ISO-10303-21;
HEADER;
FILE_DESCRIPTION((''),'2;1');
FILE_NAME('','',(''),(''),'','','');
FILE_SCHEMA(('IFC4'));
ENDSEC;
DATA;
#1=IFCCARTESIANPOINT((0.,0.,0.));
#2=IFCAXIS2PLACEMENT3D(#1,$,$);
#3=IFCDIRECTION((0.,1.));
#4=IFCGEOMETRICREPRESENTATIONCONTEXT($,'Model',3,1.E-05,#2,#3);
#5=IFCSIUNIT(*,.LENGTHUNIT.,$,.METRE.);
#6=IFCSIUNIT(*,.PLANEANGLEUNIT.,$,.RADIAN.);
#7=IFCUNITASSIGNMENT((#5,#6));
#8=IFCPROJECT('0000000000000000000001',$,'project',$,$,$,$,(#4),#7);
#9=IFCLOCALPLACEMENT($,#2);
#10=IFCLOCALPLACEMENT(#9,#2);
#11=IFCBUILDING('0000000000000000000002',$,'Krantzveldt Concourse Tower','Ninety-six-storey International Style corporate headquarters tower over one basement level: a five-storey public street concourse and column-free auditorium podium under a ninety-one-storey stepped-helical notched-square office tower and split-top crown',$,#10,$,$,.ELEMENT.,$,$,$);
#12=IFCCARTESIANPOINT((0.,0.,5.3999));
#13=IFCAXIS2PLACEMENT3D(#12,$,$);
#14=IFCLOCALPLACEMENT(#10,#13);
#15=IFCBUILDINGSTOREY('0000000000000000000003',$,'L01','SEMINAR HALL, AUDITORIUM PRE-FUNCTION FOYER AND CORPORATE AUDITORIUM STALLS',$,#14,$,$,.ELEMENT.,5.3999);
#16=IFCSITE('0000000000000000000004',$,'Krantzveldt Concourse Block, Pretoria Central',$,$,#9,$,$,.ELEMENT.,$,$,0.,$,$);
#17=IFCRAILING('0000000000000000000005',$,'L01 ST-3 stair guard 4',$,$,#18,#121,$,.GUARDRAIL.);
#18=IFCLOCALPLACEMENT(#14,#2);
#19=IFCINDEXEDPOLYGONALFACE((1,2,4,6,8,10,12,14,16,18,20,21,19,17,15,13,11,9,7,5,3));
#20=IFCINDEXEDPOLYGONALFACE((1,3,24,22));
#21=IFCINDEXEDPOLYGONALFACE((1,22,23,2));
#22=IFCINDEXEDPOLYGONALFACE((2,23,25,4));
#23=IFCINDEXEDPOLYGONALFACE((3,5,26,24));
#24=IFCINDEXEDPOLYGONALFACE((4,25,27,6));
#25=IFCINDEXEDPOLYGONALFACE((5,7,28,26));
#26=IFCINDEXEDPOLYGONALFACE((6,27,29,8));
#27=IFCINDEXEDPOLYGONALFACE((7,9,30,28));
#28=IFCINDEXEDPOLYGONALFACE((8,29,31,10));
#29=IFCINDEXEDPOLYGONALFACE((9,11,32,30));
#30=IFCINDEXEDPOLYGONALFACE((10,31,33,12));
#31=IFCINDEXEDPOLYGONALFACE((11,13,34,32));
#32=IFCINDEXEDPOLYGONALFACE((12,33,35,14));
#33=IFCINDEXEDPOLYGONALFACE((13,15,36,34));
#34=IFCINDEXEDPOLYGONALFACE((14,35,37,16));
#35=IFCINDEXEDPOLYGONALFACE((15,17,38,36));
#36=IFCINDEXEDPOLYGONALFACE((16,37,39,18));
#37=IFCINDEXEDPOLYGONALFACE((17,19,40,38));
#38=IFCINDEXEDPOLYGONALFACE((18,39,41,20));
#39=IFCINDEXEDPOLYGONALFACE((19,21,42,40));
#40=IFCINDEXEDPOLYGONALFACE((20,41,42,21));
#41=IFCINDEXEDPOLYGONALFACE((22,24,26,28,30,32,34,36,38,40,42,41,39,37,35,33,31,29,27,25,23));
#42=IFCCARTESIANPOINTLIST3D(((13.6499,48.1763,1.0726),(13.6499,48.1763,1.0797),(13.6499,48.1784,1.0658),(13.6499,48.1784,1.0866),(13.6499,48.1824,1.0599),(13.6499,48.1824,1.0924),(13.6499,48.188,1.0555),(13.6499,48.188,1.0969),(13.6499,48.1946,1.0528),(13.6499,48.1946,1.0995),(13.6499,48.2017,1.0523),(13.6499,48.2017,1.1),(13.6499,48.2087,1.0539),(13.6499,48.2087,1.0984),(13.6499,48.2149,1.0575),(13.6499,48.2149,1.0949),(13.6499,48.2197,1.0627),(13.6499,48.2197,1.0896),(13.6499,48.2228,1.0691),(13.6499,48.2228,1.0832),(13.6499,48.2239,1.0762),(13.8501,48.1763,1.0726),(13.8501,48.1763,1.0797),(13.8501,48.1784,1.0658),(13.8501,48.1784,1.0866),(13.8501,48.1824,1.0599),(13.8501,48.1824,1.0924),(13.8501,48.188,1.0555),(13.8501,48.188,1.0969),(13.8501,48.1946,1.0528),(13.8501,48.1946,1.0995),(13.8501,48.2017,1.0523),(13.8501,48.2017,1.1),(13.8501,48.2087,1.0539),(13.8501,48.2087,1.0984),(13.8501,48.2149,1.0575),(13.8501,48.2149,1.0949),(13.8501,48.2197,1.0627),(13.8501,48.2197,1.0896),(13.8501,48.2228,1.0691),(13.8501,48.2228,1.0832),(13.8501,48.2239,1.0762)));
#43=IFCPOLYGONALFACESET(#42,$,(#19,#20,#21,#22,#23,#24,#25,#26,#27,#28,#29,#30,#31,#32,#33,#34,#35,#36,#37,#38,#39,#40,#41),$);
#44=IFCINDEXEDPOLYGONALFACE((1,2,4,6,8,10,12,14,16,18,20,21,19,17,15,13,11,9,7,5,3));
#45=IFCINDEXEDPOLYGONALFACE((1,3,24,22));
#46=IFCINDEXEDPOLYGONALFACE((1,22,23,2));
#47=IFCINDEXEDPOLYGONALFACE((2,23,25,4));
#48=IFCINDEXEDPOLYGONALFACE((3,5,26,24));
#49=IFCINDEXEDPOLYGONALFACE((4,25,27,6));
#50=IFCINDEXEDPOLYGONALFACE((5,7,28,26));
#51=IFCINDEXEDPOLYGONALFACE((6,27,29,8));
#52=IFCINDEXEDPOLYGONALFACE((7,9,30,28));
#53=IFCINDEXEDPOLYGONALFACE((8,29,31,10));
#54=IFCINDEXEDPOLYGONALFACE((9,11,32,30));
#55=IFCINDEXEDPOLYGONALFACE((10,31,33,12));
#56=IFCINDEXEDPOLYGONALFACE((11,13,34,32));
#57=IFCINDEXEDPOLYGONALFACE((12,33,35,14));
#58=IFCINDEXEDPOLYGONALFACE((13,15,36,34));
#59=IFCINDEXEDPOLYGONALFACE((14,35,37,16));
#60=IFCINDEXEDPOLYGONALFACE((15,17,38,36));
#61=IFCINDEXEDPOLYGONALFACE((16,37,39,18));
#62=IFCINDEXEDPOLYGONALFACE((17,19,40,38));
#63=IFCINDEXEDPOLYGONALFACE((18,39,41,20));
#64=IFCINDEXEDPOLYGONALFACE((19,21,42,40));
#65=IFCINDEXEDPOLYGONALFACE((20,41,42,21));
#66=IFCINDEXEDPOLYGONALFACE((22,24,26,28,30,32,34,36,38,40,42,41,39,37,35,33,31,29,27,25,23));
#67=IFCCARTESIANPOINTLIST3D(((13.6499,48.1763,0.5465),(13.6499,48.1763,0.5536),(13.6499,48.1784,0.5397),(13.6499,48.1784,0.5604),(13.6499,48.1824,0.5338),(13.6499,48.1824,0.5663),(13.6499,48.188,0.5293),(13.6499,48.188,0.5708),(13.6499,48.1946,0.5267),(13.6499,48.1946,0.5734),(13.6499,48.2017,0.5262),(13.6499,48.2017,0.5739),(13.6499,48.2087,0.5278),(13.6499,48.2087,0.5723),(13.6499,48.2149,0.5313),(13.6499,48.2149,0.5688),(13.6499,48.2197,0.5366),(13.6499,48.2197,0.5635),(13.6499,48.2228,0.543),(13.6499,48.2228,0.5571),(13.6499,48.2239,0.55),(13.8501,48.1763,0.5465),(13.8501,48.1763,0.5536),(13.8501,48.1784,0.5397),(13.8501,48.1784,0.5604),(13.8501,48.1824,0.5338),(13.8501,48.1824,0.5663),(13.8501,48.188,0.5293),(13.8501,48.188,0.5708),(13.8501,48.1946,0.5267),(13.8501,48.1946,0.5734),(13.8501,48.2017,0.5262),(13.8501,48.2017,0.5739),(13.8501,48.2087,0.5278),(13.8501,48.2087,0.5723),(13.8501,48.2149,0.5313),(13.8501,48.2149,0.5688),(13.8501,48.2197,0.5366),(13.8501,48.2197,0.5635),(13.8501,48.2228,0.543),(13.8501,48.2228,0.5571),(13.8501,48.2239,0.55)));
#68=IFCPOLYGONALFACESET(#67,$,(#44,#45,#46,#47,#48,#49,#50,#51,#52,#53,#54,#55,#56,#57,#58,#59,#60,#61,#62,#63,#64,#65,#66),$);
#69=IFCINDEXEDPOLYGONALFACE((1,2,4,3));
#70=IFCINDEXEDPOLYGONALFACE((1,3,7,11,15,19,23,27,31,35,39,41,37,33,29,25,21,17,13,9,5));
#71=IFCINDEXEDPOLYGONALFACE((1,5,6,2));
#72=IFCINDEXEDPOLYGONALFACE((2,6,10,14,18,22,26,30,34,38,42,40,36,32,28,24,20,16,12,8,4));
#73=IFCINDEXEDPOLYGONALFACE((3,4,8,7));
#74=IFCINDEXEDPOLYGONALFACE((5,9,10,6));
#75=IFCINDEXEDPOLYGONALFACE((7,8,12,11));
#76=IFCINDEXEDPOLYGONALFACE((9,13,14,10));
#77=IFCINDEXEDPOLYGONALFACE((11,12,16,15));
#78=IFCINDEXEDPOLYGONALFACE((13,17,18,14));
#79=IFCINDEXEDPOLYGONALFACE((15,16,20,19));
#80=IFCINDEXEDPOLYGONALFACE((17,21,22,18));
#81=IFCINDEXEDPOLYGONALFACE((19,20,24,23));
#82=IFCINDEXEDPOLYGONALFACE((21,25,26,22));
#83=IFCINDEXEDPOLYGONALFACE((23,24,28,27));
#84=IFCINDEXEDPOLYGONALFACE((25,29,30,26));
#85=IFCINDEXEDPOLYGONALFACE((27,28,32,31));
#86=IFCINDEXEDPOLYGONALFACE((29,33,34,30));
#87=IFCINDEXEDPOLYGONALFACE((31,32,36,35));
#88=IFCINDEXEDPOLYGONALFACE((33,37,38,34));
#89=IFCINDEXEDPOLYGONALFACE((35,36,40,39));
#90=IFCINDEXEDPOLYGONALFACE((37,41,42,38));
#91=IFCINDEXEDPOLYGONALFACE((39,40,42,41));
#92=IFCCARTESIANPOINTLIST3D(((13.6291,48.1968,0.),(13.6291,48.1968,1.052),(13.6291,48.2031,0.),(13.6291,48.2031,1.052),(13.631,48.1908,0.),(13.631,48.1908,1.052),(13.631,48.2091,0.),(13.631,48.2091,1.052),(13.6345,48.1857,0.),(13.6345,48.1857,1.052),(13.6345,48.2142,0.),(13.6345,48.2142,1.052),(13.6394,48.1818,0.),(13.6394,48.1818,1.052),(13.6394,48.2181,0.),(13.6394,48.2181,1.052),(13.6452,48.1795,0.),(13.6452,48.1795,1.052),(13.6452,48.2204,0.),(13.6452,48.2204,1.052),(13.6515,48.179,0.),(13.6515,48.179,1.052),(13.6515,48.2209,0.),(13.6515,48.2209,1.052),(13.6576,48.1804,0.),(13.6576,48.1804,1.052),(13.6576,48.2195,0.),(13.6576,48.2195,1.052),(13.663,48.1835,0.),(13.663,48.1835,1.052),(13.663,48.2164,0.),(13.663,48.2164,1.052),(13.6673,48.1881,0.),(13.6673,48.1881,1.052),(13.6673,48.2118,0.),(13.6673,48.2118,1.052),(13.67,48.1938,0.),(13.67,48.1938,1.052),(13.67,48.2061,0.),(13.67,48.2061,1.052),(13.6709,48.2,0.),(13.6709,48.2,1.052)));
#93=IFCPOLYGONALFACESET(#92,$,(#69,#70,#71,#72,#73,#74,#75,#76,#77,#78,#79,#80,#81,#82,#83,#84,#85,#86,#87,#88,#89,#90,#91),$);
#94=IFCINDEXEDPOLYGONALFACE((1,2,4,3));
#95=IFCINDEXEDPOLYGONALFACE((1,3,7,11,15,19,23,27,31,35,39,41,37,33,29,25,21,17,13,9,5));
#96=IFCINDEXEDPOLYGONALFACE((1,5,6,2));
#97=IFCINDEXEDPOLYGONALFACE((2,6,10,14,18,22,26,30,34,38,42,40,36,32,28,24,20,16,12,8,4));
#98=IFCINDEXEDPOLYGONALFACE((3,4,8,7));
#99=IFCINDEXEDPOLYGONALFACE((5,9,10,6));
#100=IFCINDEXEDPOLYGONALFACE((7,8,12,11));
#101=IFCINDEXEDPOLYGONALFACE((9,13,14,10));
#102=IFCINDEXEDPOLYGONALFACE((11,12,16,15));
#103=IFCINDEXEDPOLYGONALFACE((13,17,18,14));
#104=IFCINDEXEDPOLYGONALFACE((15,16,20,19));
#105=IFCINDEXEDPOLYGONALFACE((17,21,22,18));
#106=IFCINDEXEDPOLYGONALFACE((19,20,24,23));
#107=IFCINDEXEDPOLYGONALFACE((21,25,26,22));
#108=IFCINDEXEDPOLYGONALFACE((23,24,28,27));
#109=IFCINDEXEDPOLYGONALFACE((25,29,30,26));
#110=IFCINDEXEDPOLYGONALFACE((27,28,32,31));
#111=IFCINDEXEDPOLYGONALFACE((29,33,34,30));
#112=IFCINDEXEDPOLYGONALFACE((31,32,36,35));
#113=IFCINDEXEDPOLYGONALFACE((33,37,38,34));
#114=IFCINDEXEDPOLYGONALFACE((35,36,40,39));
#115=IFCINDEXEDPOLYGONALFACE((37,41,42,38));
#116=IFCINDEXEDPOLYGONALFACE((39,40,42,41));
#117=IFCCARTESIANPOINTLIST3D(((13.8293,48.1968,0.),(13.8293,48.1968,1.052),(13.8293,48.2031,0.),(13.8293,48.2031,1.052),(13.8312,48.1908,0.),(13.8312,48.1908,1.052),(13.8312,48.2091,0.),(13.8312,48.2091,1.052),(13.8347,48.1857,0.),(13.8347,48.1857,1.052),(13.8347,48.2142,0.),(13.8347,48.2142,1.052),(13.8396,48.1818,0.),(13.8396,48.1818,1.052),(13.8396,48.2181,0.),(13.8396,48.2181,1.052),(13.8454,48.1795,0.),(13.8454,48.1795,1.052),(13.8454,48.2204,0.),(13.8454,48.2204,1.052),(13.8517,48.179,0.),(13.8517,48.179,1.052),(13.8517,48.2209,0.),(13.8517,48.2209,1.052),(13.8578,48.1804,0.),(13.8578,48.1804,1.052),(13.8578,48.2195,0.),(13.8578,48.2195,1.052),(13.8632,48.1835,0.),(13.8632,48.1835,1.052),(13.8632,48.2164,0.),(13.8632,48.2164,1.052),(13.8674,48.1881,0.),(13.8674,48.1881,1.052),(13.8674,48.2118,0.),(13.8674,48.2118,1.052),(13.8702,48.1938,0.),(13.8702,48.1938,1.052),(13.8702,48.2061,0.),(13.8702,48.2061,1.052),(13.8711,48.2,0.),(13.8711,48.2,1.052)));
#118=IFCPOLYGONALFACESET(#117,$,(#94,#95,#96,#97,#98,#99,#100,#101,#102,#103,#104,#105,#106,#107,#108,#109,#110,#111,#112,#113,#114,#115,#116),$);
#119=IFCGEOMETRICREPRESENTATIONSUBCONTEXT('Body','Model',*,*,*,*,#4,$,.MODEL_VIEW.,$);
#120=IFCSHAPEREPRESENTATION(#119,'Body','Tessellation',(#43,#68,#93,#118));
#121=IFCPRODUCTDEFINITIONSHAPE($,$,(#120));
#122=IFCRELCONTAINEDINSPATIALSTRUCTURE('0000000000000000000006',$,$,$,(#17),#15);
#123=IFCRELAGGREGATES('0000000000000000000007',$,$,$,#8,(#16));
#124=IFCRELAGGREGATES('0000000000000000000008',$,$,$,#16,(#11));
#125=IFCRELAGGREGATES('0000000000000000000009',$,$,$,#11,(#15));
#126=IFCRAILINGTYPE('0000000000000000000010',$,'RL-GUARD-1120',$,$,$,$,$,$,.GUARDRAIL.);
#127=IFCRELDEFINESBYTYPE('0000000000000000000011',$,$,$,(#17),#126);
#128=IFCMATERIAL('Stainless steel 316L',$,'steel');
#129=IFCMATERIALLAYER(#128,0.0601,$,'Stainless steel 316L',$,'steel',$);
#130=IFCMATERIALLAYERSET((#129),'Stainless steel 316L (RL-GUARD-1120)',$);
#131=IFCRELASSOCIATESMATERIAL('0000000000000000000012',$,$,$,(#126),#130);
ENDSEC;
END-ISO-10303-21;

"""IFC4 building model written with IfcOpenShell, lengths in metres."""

from ifc_helpers import new_model, si_unit, direction, frame, origin, origin_2d, place, context, subcontext, project, spatial, circle, extrude, material, layer, layer_set, type_object, element, save


model = new_model("IFC4")

# Units and contexts
model_context = context("Model", 3, precision=1e-05, world=origin(), true_north=direction((0.0, 1.0)))
body_context = subcontext(model_context, "Body", "Model", "MODEL_VIEW")
ifc_project = project(units=[si_unit("LENGTHUNIT", "METRE"), si_unit("PLANEANGLEUNIT", "RADIAN")], contexts=[model_context])

# Site, building, storey
site_placement = place(None, origin())
site = spatial("IfcSite", under=ifc_project, at=site_placement, Name="Krantzveldt Concourse Block, Pretoria Central", CompositionType="ELEMENT", RefElevation=0.0)
building_placement = place(site_placement, origin())
building = spatial("IfcBuilding", under=site, at=building_placement, Name="Krantzveldt Concourse Tower", Description="Ninety-six-storey International Style corporate headquarters tower over one basement level: a five-storey public street concourse and column-free auditorium podium under a ninety-one-storey stepped-helical notched-square office tower and split-top crown", CompositionType="ELEMENT")
storey_placement = place(building_placement, frame((0.0, 0.0, 5.3999)))
storey = spatial("IfcBuildingStorey", under=building, at=storey_placement, Name="L01", Description="SEMINAR HALL, AUDITORIUM PRE-FUNCTION FOYER AND CORPORATE AUDITORIUM STALLS", CompositionType="ELEMENT", Elevation=5.3999)

# Railing
ifc_material_1 = material(Name="Stainless steel 316L", Category="steel")
ifc_layer_1 = layer(ifc_material_1, 0.0601, Name="Stainless steel 316L", Category="steel")
ifc_layer_set_1 = layer_set([ifc_layer_1], Name="Stainless steel 316L (RL-GUARD-1120)")
railing_type_1 = type_object("IfcRailingType", Name="RL-GUARD-1120", PredefinedType="GUARDRAIL", material=ifc_layer_set_1)
railing_1_placement = place(storey_placement, frame((13.6499, 48.2, 0.0)))
element("IfcRailing", 1, at=railing_1_placement, inside=storey, type_object=railing_type_1, Name="L01 ST-3 stair guard 4", PredefinedType="GUARDRAIL", context=body_context, shape_type="SweptSolid", body=[
    extrude(circle(Radius=0.0239, at=origin_2d()), frame((0.0, 0.0, 1.0762), z_axis=(1.0, 0.0, 0.0), x_axis=(0.0, 1.0, 0.0)), (0.0, 0.0, 1.0), 0.2002),
    extrude(circle(Radius=0.0239, at=origin_2d()), frame((0.0, 0.0, 0.55), z_axis=(1.0, 0.0, 0.0), x_axis=(0.0, 1.0, 0.0)), (0.0, 0.0, 1.0), 0.2002),
    extrude(circle(Radius=0.021, at=origin_2d()), origin(), (0.0, 0.0, 1.0), 1.052),
    extrude(circle(Radius=0.021, at=origin_2d()), frame((0.2002, 0.0, 0.0)), (0.0, 0.0, 1.0), 1.052),
])

save(model, "model.ifc")
